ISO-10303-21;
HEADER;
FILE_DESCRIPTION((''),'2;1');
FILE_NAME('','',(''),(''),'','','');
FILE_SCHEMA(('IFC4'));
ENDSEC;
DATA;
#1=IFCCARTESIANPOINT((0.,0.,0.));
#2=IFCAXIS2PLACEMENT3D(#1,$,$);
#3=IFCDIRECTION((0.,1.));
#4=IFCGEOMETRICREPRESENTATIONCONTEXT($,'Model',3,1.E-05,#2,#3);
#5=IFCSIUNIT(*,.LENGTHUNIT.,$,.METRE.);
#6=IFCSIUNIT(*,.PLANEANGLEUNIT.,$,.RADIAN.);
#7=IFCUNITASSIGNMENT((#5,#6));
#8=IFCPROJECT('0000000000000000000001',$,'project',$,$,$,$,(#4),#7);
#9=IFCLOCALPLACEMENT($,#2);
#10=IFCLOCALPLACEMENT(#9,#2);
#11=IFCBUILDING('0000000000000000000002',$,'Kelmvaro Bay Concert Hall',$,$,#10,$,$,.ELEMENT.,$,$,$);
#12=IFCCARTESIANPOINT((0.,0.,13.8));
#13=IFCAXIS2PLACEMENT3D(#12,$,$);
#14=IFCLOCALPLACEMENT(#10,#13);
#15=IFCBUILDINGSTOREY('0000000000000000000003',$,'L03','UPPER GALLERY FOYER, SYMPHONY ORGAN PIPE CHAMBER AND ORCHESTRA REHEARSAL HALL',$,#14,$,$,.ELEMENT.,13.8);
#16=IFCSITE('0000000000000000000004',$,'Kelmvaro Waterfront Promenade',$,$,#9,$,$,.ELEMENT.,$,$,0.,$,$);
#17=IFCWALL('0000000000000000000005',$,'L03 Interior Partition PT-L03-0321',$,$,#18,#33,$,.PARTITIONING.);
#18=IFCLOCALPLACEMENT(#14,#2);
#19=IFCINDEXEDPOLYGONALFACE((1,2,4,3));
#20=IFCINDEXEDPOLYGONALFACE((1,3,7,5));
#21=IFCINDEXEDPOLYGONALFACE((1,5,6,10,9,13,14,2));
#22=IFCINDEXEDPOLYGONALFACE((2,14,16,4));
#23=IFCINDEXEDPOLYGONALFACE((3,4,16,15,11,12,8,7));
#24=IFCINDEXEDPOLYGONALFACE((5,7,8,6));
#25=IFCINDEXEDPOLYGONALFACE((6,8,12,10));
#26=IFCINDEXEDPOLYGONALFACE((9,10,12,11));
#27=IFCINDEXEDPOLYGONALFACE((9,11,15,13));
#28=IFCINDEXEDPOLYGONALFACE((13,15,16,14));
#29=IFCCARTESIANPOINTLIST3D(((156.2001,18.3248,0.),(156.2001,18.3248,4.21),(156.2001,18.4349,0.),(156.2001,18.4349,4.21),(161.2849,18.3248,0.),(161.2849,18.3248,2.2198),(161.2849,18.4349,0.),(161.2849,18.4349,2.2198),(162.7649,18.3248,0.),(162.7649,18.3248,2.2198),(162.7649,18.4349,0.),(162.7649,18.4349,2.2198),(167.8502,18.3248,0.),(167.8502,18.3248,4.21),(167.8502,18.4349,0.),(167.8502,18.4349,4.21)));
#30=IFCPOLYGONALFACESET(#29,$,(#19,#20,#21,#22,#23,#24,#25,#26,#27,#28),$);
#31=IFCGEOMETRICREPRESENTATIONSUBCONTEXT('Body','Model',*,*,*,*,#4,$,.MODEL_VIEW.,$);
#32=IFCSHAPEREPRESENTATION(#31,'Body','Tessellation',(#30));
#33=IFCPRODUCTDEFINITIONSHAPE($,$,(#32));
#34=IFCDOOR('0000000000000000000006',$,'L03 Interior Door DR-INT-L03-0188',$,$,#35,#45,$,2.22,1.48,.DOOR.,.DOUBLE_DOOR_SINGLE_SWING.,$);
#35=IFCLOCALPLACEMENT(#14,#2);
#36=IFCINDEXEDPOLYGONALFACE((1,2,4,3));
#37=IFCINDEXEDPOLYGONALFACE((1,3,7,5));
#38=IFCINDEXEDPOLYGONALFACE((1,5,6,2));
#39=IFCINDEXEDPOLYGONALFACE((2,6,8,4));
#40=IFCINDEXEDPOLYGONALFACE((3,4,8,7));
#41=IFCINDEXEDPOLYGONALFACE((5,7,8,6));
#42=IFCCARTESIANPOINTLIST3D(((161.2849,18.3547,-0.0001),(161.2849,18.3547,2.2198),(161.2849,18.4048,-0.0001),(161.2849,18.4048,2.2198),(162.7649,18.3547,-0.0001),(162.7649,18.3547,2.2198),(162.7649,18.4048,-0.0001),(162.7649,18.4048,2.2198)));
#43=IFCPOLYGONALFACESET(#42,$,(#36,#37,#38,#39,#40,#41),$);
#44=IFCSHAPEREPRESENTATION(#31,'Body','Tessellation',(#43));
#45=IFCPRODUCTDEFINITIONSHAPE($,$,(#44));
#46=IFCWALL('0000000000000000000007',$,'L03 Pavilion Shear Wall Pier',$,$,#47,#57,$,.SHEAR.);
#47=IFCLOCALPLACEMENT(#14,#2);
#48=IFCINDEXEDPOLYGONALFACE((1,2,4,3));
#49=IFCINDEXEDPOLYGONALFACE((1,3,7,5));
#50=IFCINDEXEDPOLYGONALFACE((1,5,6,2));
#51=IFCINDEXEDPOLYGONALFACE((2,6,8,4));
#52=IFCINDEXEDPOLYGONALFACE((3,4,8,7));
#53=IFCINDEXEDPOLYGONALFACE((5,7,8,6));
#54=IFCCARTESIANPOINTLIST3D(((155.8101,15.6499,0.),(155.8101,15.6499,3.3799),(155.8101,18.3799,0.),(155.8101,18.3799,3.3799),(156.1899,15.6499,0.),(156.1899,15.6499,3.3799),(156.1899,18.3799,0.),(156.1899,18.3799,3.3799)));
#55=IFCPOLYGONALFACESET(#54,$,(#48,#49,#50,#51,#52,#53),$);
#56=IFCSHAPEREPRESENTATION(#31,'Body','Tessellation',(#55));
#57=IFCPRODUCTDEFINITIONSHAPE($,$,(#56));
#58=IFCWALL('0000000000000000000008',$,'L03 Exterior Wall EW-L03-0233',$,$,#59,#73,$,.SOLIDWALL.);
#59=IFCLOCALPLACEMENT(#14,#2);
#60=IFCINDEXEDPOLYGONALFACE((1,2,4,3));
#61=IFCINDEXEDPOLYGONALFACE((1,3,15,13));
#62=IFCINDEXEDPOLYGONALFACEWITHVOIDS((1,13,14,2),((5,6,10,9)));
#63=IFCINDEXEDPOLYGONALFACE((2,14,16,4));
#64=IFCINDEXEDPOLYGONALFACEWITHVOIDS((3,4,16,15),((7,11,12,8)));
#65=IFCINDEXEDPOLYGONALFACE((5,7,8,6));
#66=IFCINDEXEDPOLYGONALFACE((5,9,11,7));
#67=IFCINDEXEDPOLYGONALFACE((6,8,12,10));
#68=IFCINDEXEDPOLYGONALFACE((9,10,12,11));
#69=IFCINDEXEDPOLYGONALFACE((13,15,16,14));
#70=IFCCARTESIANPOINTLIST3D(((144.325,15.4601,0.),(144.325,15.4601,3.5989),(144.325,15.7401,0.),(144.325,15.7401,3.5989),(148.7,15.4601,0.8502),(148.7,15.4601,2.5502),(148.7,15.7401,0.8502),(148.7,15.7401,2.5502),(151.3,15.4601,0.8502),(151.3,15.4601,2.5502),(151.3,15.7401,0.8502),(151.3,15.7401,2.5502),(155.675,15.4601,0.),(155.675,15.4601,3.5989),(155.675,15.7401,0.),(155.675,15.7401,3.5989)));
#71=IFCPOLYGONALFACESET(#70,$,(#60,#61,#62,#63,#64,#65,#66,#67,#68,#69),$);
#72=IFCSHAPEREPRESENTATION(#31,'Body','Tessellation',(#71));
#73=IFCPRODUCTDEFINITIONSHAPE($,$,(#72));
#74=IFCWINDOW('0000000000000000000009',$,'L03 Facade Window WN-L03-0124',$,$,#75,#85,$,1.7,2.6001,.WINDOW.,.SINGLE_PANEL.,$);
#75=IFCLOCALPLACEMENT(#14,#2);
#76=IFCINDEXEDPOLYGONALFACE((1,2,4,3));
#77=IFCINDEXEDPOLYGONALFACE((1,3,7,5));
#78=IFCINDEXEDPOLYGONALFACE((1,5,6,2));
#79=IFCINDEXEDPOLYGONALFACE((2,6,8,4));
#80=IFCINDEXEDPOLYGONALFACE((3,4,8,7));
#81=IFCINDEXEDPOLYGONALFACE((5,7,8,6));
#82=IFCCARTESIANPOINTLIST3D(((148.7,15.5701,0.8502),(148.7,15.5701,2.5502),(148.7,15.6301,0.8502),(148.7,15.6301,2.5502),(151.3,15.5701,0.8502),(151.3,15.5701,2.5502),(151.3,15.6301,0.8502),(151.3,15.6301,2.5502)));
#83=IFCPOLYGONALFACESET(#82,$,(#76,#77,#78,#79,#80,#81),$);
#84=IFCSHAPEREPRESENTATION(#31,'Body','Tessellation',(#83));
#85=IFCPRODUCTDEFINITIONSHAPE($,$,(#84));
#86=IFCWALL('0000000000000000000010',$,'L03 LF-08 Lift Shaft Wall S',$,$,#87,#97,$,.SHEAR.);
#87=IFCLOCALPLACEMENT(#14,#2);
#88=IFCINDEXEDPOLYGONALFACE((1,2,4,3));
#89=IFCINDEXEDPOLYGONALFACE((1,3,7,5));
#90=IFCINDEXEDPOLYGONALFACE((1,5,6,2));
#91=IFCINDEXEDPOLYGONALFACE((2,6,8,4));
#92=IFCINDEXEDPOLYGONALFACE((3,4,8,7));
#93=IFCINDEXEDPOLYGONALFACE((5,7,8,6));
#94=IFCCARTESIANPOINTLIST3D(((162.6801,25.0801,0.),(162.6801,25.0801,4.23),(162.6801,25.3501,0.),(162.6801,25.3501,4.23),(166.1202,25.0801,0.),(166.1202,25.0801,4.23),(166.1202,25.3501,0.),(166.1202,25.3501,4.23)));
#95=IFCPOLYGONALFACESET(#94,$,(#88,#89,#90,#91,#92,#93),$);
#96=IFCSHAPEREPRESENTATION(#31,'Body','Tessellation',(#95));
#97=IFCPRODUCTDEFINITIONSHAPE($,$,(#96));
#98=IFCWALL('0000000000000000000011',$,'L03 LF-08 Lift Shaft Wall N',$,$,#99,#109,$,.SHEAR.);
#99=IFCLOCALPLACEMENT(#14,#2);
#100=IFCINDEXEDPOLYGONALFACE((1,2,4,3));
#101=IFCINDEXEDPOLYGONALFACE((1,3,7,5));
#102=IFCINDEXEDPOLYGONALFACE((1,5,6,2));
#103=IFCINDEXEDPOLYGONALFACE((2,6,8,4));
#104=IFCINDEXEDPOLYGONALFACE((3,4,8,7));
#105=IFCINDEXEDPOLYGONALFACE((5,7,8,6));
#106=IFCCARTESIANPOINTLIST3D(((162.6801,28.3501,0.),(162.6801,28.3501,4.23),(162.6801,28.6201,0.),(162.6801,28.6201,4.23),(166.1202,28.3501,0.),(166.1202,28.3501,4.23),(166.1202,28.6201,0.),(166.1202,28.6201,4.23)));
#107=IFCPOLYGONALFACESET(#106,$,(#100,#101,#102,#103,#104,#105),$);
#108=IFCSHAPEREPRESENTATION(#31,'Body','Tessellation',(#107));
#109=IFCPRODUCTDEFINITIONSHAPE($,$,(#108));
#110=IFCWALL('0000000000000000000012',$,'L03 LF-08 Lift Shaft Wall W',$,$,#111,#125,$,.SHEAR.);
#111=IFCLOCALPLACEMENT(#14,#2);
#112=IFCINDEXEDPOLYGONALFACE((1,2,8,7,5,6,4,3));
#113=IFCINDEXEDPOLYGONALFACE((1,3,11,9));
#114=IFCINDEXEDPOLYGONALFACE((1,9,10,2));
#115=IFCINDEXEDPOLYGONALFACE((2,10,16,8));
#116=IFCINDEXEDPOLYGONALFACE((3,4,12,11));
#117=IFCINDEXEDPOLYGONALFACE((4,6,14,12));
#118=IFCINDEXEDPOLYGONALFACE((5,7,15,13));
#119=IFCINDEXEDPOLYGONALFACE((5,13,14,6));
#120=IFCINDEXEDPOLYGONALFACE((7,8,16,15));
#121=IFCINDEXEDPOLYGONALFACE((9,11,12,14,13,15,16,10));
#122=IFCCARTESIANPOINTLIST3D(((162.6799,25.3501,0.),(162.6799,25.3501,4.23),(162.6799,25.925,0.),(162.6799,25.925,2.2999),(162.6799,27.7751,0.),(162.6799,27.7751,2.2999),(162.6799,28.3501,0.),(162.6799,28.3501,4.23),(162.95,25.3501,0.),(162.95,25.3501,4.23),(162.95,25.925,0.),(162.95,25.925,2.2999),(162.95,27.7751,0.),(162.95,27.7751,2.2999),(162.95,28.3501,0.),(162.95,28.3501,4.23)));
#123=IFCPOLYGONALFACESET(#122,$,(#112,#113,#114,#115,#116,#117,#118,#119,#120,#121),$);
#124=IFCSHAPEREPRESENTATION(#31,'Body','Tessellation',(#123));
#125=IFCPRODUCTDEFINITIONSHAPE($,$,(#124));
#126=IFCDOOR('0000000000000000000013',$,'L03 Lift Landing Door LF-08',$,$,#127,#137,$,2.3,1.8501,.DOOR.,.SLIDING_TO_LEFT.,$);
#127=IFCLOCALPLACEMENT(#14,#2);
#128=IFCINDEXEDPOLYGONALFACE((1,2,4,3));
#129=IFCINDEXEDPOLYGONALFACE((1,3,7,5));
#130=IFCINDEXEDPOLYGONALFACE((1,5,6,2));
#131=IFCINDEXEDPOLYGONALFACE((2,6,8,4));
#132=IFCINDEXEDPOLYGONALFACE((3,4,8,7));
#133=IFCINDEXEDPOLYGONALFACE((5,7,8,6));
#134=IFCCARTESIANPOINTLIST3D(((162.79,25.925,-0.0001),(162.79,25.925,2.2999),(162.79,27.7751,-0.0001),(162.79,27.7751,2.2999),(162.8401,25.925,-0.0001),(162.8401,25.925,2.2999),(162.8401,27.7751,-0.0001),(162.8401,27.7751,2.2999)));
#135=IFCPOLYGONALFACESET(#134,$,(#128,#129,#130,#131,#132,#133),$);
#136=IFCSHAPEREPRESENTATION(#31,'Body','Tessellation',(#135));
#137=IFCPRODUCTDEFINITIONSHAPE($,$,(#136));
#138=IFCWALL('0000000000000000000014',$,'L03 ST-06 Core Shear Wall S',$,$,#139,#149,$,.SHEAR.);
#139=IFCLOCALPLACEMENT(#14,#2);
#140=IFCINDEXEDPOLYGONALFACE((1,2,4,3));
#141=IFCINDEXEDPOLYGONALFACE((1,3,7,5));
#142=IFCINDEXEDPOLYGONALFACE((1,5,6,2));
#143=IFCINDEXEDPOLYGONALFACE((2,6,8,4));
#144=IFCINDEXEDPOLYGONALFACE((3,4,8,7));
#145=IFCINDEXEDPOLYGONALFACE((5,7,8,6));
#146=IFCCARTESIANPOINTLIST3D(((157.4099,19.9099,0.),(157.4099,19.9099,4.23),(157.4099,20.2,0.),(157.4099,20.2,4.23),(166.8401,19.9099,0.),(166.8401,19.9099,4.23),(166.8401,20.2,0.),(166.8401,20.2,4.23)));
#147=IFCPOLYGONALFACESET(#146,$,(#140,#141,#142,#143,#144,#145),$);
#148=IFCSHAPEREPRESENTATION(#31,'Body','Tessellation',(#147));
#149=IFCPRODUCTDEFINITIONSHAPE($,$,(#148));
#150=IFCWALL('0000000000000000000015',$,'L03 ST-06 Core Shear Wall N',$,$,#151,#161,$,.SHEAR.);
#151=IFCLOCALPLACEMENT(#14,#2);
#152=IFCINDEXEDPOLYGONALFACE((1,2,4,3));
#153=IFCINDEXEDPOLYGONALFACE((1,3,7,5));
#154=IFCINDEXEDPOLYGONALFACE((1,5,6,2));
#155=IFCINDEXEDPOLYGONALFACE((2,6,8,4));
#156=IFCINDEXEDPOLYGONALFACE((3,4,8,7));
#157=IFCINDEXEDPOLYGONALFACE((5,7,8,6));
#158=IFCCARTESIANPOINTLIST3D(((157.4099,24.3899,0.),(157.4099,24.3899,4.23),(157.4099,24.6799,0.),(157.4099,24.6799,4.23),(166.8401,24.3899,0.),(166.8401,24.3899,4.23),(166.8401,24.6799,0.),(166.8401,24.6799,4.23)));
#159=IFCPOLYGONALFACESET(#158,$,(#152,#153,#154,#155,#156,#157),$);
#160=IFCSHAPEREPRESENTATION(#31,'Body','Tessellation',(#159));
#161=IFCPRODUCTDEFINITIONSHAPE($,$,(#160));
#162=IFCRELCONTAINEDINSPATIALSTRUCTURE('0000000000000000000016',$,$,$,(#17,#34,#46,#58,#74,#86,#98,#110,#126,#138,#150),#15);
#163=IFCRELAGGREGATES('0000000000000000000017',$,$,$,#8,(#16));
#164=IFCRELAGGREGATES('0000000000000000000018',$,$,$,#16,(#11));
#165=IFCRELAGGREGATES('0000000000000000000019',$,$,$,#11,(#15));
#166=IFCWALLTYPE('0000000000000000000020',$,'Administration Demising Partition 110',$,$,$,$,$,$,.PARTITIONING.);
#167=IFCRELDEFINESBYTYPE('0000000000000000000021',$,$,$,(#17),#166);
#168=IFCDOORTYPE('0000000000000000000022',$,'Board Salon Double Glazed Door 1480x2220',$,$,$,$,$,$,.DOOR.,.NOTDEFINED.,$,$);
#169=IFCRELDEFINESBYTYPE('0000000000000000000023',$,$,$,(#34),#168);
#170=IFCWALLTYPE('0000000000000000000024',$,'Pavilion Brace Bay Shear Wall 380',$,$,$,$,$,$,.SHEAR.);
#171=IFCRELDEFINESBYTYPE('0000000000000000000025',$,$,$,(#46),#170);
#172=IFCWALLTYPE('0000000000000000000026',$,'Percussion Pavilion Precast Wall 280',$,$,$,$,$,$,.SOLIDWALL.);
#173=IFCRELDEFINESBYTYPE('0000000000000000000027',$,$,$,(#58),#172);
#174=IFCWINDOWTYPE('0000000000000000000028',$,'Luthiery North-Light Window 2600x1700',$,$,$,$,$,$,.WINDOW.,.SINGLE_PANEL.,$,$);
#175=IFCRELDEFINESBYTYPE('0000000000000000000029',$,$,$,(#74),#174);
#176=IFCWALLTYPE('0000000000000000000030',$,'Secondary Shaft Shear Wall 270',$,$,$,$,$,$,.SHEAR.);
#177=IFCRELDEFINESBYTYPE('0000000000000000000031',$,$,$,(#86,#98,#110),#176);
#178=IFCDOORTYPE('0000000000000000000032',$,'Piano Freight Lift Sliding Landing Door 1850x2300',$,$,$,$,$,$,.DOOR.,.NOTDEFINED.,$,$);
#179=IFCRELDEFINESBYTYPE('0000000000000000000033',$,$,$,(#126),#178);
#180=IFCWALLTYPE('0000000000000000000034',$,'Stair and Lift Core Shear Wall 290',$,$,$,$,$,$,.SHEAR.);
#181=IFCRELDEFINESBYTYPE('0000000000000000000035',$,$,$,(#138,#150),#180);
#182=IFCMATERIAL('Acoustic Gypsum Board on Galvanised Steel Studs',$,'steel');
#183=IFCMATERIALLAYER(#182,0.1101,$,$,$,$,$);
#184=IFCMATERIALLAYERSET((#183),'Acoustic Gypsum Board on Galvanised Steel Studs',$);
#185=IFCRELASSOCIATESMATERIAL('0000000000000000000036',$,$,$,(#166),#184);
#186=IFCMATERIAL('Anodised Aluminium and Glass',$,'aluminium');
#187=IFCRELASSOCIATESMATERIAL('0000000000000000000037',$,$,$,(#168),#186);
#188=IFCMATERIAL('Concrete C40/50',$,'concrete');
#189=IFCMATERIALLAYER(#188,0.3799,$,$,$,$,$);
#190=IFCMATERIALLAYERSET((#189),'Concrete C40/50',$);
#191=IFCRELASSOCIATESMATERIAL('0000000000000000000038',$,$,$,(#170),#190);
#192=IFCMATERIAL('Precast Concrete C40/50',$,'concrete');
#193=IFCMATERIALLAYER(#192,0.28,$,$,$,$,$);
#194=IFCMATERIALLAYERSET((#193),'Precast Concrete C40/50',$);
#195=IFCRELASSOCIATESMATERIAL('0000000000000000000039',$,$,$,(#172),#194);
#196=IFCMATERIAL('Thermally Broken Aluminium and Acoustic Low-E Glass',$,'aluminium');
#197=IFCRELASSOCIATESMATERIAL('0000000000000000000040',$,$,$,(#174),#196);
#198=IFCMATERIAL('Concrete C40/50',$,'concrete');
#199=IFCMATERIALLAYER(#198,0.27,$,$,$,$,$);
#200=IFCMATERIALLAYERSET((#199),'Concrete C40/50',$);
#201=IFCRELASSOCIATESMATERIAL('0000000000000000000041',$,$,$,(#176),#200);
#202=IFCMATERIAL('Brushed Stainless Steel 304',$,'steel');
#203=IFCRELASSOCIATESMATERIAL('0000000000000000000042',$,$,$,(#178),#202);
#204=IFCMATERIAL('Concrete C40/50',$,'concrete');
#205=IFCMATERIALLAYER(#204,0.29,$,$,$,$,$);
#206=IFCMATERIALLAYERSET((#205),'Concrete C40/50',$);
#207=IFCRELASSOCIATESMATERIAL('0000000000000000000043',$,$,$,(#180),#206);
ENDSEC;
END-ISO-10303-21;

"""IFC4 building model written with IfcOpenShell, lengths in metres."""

from ifc_helpers import new_model, si_unit, direction, frame, frame_2d, origin, place, context, subcontext, project, spatial, rectangle, extrude, material, layer, layer_set, type_object, element, fill, save


model = new_model("IFC4")

# Units and contexts
model_context = context("Model", 3, precision=1e-05, world=origin(), true_north=direction((0.0, 1.0)))
body_context = subcontext(model_context, "Body", "Model", "MODEL_VIEW")
ifc_project = project(units=[si_unit("LENGTHUNIT", "METRE"), si_unit("PLANEANGLEUNIT", "RADIAN")], contexts=[model_context])

# Site, building, storey
site_placement = place(None, origin())
site = spatial("IfcSite", under=ifc_project, at=site_placement, Name="Kelmvaro Waterfront Promenade", CompositionType="ELEMENT", RefElevation=0.0)
building_placement = place(site_placement, origin())
building = spatial("IfcBuilding", under=site, at=building_placement, Name="Kelmvaro Bay Concert Hall", CompositionType="ELEMENT")
storey_placement = place(building_placement, frame((0.0, 0.0, 13.8)))
storey = spatial("IfcBuildingStorey", under=building, at=storey_placement, Name="L03", Description="UPPER GALLERY FOYER, SYMPHONY ORGAN PIPE CHAMBER AND ORCHESTRA REHEARSAL HALL", CompositionType="ELEMENT", Elevation=13.8)

# Wall, opening, door
ifc_material_1 = material(Name="Acoustic Gypsum Board on Galvanised Steel Studs", Category="steel")
ifc_layer_1 = layer(ifc_material_1, 0.1101)
ifc_layer_set_1 = layer_set([ifc_layer_1], Name="Acoustic Gypsum Board on Galvanised Steel Studs")
wall_type_1 = type_object("IfcWallType", Name="Administration Demising Partition 110", PredefinedType="PARTITIONING", material=ifc_layer_set_1)
wall_1_placement = place(storey_placement, frame((156.2, 18.3799, 0.0), z_axis=(0.0, 0.0, 1.0), x_axis=(1.0, 0.0, 0.0)))
wall_1 = element("IfcWall", 1, at=wall_1_placement, inside=storey, type_object=wall_type_1, Name="L03 Interior Partition PT-L03-0321", PredefinedType="PARTITIONING", context=body_context, shape_type="SweptSolid", body=[
    extrude(rectangle(XDim=11.6501, YDim=0.1101, at=frame_2d((5.8252, 0.0))), origin(), (0.0, 0.0, 1.0), 4.21),
])
opening_1_placement = place(wall_1_placement, frame((5.085, 0.0, 0.0)))
opening_1 = element("IfcOpeningElement", 2, at=opening_1_placement, cuts=wall_1, PredefinedType="OPENING", context=body_context, shape_type="SweptSolid", body=[
    extrude(rectangle(XDim=1.48, YDim=2.22, at=frame_2d((0.74, 1.1099))), frame((0.0, 0.0649, 0.0), z_axis=(0.0, -1.0, 0.0), x_axis=(1.0, 0.0, 0.0)), (0.0, 0.0, 1.0), 0.1301),
])
ifc_material_2 = material(Name="Anodised Aluminium and Glass", Category="aluminium")
door_type_1 = type_object("IfcDoorType", Name="Board Salon Double Glazed Door 1480x2220", OperationType="NOTDEFINED", PredefinedType="DOOR", material=ifc_material_2)
door_1_placement = place(opening_1_placement, origin())
door_1 = element("IfcDoor", 3, at=door_1_placement, inside=storey, type_object=door_type_1, Name="L03 Interior Door DR-INT-L03-0188", OperationType="DOUBLE_DOOR_SINGLE_SWING", OverallHeight=2.22, OverallWidth=1.48, PredefinedType="DOOR", context=body_context, shape_type="SweptSolid", body=[
    extrude(rectangle(XDim=1.48, YDim=2.22, at=frame_2d((0.74, 1.1099))), frame((0.0, 0.0249, 0.0), z_axis=(0.0, -1.0, 0.0), x_axis=(1.0, 0.0, 0.0)), (0.0, 0.0, 1.0), 0.05),
])
fill(opening_1, door_1)

# Wall
ifc_material_3 = material(Name="Concrete C40/50", Category="concrete")
ifc_layer_2 = layer(ifc_material_3, 0.3799)
ifc_layer_set_2 = layer_set([ifc_layer_2], Name="Concrete C40/50")
wall_type_2 = type_object("IfcWallType", Name="Pavilion Brace Bay Shear Wall 380", PredefinedType="SHEAR", material=ifc_layer_set_2)
wall_2_placement = place(storey_placement, frame((156.0, 15.6499, 0.0), z_axis=(0.0, 0.0, 1.0), x_axis=(0.0, 1.0, 0.0)))
element("IfcWall", 4, at=wall_2_placement, inside=storey, type_object=wall_type_2, Name="L03 Pavilion Shear Wall Pier", PredefinedType="SHEAR", context=body_context, shape_type="SweptSolid", body=[
    extrude(rectangle(XDim=2.73, YDim=0.3799, at=frame_2d((1.365, 0.0))), origin(), (0.0, 0.0, 1.0), 3.3799),
])

# Wall, opening, window
ifc_material_4 = material(Name="Precast Concrete C40/50", Category="concrete")
ifc_layer_3 = layer(ifc_material_4, 0.28)
ifc_layer_set_3 = layer_set([ifc_layer_3], Name="Precast Concrete C40/50")
wall_type_3 = type_object("IfcWallType", Name="Percussion Pavilion Precast Wall 280", PredefinedType="SOLIDWALL", material=ifc_layer_set_3)
wall_3_placement = place(storey_placement, frame((155.675, 15.6001, 0.0), z_axis=(0.0, 0.0, 1.0), x_axis=(-1.0, 0.0, 0.0)))
wall_3 = element("IfcWall", 5, at=wall_3_placement, inside=storey, type_object=wall_type_3, Name="L03 Exterior Wall EW-L03-0233", PredefinedType="SOLIDWALL", context=body_context, shape_type="SweptSolid", body=[
    extrude(rectangle(XDim=11.3501, YDim=0.28, at=frame_2d((5.675, 0.0))), origin(), (0.0, 0.0, 1.0), 3.5989),
])
opening_2_placement = place(wall_3_placement, frame((4.375, 0.0, 0.8501)))
opening_2 = element("IfcOpeningElement", 6, at=opening_2_placement, cuts=wall_3, PredefinedType="OPENING", context=body_context, shape_type="SweptSolid", body=[
    extrude(rectangle(XDim=2.6001, YDim=1.7, at=frame_2d((1.3, 0.8501))), frame((0.0, 0.1499, 0.0), z_axis=(0.0, -1.0, 0.0), x_axis=(1.0, 0.0, 0.0)), (0.0, 0.0, 1.0), 0.3),
])
ifc_material_5 = material(Name="Thermally Broken Aluminium and Acoustic Low-E Glass", Category="aluminium")
window_type = type_object("IfcWindowType", Name="Luthiery North-Light Window 2600x1700", PartitioningType="SINGLE_PANEL", PredefinedType="WINDOW", material=ifc_material_5)
window_placement = place(opening_2_placement, origin())
window = element("IfcWindow", 7, at=window_placement, inside=storey, type_object=window_type, Name="L03 Facade Window WN-L03-0124", OverallHeight=1.7, OverallWidth=2.6001, PartitioningType="SINGLE_PANEL", PredefinedType="WINDOW", context=body_context, shape_type="SweptSolid", body=[
    extrude(rectangle(XDim=2.6001, YDim=1.7, at=frame_2d((1.3, 0.8501))), frame((0.0, 0.03, 0.0), z_axis=(0.0, -1.0, 0.0), x_axis=(1.0, 0.0, 0.0)), (0.0, 0.0, 1.0), 0.0601),
])
fill(opening_2, window)

# Walls
ifc_material_6 = material(Name="Concrete C40/50", Category="concrete")
ifc_layer_4 = layer(ifc_material_6, 0.27)
ifc_layer_set_4 = layer_set([ifc_layer_4], Name="Concrete C40/50")
wall_type_4 = type_object("IfcWallType", Name="Secondary Shaft Shear Wall 270", PredefinedType="SHEAR", material=ifc_layer_set_4)
for number, where, z_axis, x_axis, name in (
    (8, (162.6799, 25.2151, 0.0), (0.0, 0.0, 1.0), (1.0, 0.0, 0.0), "L03 LF-08 Lift Shaft Wall S"),
    (9, (162.6799, 28.4851, 0.0), (0.0, 0.0, 1.0), (1.0, 0.0, 0.0), "L03 LF-08 Lift Shaft Wall N"),
):
    element("IfcWall", number, at=place(storey_placement, frame(where, z_axis=z_axis, x_axis=x_axis)), inside=storey, type_object=wall_type_4, Name=name, PredefinedType="SHEAR", context=body_context, shape_type="SweptSolid", body=[
        extrude(rectangle(XDim=3.4402, YDim=0.27, at=frame_2d((1.7202, 0.0))), origin(), (0.0, 0.0, 1.0), 4.23),
    ])

# Wall, opening, door
wall_4_placement = place(storey_placement, frame((162.8149, 25.3501, 0.0), z_axis=(0.0, 0.0, 1.0), x_axis=(0.0, 1.0, 0.0)))
wall_4 = element("IfcWall", 10, at=wall_4_placement, inside=storey, type_object=wall_type_4, Name="L03 LF-08 Lift Shaft Wall W", PredefinedType="SHEAR", context=body_context, shape_type="SweptSolid", body=[
    extrude(rectangle(XDim=3.0, YDim=0.27, at=frame_2d((1.5, 0.0))), origin(), (0.0, 0.0, 1.0), 4.23),
])
opening_3_placement = place(wall_4_placement, frame((0.575, 0.0, 0.0)))
opening_3 = element("IfcOpeningElement", 11, at=opening_3_placement, cuts=wall_4, PredefinedType="OPENING", context=body_context, shape_type="SweptSolid", body=[
    extrude(rectangle(XDim=1.8501, YDim=2.3, at=frame_2d((0.925, 1.1499))), frame((0.0, 0.145, 0.0), z_axis=(0.0, -1.0, 0.0), x_axis=(1.0, 0.0, 0.0)), (0.0, 0.0, 1.0), 0.29),
])
ifc_material_7 = material(Name="Brushed Stainless Steel 304", Category="steel")
door_type_2 = type_object("IfcDoorType", Name="Piano Freight Lift Sliding Landing Door 1850x2300", OperationType="NOTDEFINED", PredefinedType="DOOR", material=ifc_material_7)
door_2_placement = place(opening_3_placement, origin())
door_2 = element("IfcDoor", 12, at=door_2_placement, inside=storey, type_object=door_type_2, Name="L03 Lift Landing Door LF-08", OperationType="SLIDING_TO_LEFT", OverallHeight=2.3, OverallWidth=1.8501, PredefinedType="DOOR", context=body_context, shape_type="SweptSolid", body=[
    extrude(rectangle(XDim=1.8501, YDim=2.3, at=frame_2d((0.925, 1.1499))), frame((0.0, 0.0249, 0.0), z_axis=(0.0, -1.0, 0.0), x_axis=(1.0, 0.0, 0.0)), (0.0, 0.0, 1.0), 0.05),
])
fill(opening_3, door_2)

# Walls
ifc_material_8 = material(Name="Concrete C40/50", Category="concrete")
ifc_layer_5 = layer(ifc_material_8, 0.29)
ifc_layer_set_5 = layer_set([ifc_layer_5], Name="Concrete C40/50")
wall_type_5 = type_object("IfcWallType", Name="Stair and Lift Core Shear Wall 290", PredefinedType="SHEAR", material=ifc_layer_set_5)
for number, where, z_axis, x_axis, name in (
    (13, (157.4099, 20.0549, 0.0), (0.0, 0.0, 1.0), (1.0, 0.0, 0.0), "L03 ST-06 Core Shear Wall S"),
    (14, (157.4099, 24.5349, 0.0), (0.0, 0.0, 1.0), (1.0, 0.0, 0.0), "L03 ST-06 Core Shear Wall N"),
):
    element("IfcWall", number, at=place(storey_placement, frame(where, z_axis=z_axis, x_axis=x_axis)), inside=storey, type_object=wall_type_5, Name=name, PredefinedType="SHEAR", context=body_context, shape_type="SweptSolid", body=[
        extrude(rectangle(XDim=9.4302, YDim=0.29, at=frame_2d((4.7151, 0.0))), origin(), (0.0, 0.0, 1.0), 4.23),
    ])

save(model, "model.ifc")
